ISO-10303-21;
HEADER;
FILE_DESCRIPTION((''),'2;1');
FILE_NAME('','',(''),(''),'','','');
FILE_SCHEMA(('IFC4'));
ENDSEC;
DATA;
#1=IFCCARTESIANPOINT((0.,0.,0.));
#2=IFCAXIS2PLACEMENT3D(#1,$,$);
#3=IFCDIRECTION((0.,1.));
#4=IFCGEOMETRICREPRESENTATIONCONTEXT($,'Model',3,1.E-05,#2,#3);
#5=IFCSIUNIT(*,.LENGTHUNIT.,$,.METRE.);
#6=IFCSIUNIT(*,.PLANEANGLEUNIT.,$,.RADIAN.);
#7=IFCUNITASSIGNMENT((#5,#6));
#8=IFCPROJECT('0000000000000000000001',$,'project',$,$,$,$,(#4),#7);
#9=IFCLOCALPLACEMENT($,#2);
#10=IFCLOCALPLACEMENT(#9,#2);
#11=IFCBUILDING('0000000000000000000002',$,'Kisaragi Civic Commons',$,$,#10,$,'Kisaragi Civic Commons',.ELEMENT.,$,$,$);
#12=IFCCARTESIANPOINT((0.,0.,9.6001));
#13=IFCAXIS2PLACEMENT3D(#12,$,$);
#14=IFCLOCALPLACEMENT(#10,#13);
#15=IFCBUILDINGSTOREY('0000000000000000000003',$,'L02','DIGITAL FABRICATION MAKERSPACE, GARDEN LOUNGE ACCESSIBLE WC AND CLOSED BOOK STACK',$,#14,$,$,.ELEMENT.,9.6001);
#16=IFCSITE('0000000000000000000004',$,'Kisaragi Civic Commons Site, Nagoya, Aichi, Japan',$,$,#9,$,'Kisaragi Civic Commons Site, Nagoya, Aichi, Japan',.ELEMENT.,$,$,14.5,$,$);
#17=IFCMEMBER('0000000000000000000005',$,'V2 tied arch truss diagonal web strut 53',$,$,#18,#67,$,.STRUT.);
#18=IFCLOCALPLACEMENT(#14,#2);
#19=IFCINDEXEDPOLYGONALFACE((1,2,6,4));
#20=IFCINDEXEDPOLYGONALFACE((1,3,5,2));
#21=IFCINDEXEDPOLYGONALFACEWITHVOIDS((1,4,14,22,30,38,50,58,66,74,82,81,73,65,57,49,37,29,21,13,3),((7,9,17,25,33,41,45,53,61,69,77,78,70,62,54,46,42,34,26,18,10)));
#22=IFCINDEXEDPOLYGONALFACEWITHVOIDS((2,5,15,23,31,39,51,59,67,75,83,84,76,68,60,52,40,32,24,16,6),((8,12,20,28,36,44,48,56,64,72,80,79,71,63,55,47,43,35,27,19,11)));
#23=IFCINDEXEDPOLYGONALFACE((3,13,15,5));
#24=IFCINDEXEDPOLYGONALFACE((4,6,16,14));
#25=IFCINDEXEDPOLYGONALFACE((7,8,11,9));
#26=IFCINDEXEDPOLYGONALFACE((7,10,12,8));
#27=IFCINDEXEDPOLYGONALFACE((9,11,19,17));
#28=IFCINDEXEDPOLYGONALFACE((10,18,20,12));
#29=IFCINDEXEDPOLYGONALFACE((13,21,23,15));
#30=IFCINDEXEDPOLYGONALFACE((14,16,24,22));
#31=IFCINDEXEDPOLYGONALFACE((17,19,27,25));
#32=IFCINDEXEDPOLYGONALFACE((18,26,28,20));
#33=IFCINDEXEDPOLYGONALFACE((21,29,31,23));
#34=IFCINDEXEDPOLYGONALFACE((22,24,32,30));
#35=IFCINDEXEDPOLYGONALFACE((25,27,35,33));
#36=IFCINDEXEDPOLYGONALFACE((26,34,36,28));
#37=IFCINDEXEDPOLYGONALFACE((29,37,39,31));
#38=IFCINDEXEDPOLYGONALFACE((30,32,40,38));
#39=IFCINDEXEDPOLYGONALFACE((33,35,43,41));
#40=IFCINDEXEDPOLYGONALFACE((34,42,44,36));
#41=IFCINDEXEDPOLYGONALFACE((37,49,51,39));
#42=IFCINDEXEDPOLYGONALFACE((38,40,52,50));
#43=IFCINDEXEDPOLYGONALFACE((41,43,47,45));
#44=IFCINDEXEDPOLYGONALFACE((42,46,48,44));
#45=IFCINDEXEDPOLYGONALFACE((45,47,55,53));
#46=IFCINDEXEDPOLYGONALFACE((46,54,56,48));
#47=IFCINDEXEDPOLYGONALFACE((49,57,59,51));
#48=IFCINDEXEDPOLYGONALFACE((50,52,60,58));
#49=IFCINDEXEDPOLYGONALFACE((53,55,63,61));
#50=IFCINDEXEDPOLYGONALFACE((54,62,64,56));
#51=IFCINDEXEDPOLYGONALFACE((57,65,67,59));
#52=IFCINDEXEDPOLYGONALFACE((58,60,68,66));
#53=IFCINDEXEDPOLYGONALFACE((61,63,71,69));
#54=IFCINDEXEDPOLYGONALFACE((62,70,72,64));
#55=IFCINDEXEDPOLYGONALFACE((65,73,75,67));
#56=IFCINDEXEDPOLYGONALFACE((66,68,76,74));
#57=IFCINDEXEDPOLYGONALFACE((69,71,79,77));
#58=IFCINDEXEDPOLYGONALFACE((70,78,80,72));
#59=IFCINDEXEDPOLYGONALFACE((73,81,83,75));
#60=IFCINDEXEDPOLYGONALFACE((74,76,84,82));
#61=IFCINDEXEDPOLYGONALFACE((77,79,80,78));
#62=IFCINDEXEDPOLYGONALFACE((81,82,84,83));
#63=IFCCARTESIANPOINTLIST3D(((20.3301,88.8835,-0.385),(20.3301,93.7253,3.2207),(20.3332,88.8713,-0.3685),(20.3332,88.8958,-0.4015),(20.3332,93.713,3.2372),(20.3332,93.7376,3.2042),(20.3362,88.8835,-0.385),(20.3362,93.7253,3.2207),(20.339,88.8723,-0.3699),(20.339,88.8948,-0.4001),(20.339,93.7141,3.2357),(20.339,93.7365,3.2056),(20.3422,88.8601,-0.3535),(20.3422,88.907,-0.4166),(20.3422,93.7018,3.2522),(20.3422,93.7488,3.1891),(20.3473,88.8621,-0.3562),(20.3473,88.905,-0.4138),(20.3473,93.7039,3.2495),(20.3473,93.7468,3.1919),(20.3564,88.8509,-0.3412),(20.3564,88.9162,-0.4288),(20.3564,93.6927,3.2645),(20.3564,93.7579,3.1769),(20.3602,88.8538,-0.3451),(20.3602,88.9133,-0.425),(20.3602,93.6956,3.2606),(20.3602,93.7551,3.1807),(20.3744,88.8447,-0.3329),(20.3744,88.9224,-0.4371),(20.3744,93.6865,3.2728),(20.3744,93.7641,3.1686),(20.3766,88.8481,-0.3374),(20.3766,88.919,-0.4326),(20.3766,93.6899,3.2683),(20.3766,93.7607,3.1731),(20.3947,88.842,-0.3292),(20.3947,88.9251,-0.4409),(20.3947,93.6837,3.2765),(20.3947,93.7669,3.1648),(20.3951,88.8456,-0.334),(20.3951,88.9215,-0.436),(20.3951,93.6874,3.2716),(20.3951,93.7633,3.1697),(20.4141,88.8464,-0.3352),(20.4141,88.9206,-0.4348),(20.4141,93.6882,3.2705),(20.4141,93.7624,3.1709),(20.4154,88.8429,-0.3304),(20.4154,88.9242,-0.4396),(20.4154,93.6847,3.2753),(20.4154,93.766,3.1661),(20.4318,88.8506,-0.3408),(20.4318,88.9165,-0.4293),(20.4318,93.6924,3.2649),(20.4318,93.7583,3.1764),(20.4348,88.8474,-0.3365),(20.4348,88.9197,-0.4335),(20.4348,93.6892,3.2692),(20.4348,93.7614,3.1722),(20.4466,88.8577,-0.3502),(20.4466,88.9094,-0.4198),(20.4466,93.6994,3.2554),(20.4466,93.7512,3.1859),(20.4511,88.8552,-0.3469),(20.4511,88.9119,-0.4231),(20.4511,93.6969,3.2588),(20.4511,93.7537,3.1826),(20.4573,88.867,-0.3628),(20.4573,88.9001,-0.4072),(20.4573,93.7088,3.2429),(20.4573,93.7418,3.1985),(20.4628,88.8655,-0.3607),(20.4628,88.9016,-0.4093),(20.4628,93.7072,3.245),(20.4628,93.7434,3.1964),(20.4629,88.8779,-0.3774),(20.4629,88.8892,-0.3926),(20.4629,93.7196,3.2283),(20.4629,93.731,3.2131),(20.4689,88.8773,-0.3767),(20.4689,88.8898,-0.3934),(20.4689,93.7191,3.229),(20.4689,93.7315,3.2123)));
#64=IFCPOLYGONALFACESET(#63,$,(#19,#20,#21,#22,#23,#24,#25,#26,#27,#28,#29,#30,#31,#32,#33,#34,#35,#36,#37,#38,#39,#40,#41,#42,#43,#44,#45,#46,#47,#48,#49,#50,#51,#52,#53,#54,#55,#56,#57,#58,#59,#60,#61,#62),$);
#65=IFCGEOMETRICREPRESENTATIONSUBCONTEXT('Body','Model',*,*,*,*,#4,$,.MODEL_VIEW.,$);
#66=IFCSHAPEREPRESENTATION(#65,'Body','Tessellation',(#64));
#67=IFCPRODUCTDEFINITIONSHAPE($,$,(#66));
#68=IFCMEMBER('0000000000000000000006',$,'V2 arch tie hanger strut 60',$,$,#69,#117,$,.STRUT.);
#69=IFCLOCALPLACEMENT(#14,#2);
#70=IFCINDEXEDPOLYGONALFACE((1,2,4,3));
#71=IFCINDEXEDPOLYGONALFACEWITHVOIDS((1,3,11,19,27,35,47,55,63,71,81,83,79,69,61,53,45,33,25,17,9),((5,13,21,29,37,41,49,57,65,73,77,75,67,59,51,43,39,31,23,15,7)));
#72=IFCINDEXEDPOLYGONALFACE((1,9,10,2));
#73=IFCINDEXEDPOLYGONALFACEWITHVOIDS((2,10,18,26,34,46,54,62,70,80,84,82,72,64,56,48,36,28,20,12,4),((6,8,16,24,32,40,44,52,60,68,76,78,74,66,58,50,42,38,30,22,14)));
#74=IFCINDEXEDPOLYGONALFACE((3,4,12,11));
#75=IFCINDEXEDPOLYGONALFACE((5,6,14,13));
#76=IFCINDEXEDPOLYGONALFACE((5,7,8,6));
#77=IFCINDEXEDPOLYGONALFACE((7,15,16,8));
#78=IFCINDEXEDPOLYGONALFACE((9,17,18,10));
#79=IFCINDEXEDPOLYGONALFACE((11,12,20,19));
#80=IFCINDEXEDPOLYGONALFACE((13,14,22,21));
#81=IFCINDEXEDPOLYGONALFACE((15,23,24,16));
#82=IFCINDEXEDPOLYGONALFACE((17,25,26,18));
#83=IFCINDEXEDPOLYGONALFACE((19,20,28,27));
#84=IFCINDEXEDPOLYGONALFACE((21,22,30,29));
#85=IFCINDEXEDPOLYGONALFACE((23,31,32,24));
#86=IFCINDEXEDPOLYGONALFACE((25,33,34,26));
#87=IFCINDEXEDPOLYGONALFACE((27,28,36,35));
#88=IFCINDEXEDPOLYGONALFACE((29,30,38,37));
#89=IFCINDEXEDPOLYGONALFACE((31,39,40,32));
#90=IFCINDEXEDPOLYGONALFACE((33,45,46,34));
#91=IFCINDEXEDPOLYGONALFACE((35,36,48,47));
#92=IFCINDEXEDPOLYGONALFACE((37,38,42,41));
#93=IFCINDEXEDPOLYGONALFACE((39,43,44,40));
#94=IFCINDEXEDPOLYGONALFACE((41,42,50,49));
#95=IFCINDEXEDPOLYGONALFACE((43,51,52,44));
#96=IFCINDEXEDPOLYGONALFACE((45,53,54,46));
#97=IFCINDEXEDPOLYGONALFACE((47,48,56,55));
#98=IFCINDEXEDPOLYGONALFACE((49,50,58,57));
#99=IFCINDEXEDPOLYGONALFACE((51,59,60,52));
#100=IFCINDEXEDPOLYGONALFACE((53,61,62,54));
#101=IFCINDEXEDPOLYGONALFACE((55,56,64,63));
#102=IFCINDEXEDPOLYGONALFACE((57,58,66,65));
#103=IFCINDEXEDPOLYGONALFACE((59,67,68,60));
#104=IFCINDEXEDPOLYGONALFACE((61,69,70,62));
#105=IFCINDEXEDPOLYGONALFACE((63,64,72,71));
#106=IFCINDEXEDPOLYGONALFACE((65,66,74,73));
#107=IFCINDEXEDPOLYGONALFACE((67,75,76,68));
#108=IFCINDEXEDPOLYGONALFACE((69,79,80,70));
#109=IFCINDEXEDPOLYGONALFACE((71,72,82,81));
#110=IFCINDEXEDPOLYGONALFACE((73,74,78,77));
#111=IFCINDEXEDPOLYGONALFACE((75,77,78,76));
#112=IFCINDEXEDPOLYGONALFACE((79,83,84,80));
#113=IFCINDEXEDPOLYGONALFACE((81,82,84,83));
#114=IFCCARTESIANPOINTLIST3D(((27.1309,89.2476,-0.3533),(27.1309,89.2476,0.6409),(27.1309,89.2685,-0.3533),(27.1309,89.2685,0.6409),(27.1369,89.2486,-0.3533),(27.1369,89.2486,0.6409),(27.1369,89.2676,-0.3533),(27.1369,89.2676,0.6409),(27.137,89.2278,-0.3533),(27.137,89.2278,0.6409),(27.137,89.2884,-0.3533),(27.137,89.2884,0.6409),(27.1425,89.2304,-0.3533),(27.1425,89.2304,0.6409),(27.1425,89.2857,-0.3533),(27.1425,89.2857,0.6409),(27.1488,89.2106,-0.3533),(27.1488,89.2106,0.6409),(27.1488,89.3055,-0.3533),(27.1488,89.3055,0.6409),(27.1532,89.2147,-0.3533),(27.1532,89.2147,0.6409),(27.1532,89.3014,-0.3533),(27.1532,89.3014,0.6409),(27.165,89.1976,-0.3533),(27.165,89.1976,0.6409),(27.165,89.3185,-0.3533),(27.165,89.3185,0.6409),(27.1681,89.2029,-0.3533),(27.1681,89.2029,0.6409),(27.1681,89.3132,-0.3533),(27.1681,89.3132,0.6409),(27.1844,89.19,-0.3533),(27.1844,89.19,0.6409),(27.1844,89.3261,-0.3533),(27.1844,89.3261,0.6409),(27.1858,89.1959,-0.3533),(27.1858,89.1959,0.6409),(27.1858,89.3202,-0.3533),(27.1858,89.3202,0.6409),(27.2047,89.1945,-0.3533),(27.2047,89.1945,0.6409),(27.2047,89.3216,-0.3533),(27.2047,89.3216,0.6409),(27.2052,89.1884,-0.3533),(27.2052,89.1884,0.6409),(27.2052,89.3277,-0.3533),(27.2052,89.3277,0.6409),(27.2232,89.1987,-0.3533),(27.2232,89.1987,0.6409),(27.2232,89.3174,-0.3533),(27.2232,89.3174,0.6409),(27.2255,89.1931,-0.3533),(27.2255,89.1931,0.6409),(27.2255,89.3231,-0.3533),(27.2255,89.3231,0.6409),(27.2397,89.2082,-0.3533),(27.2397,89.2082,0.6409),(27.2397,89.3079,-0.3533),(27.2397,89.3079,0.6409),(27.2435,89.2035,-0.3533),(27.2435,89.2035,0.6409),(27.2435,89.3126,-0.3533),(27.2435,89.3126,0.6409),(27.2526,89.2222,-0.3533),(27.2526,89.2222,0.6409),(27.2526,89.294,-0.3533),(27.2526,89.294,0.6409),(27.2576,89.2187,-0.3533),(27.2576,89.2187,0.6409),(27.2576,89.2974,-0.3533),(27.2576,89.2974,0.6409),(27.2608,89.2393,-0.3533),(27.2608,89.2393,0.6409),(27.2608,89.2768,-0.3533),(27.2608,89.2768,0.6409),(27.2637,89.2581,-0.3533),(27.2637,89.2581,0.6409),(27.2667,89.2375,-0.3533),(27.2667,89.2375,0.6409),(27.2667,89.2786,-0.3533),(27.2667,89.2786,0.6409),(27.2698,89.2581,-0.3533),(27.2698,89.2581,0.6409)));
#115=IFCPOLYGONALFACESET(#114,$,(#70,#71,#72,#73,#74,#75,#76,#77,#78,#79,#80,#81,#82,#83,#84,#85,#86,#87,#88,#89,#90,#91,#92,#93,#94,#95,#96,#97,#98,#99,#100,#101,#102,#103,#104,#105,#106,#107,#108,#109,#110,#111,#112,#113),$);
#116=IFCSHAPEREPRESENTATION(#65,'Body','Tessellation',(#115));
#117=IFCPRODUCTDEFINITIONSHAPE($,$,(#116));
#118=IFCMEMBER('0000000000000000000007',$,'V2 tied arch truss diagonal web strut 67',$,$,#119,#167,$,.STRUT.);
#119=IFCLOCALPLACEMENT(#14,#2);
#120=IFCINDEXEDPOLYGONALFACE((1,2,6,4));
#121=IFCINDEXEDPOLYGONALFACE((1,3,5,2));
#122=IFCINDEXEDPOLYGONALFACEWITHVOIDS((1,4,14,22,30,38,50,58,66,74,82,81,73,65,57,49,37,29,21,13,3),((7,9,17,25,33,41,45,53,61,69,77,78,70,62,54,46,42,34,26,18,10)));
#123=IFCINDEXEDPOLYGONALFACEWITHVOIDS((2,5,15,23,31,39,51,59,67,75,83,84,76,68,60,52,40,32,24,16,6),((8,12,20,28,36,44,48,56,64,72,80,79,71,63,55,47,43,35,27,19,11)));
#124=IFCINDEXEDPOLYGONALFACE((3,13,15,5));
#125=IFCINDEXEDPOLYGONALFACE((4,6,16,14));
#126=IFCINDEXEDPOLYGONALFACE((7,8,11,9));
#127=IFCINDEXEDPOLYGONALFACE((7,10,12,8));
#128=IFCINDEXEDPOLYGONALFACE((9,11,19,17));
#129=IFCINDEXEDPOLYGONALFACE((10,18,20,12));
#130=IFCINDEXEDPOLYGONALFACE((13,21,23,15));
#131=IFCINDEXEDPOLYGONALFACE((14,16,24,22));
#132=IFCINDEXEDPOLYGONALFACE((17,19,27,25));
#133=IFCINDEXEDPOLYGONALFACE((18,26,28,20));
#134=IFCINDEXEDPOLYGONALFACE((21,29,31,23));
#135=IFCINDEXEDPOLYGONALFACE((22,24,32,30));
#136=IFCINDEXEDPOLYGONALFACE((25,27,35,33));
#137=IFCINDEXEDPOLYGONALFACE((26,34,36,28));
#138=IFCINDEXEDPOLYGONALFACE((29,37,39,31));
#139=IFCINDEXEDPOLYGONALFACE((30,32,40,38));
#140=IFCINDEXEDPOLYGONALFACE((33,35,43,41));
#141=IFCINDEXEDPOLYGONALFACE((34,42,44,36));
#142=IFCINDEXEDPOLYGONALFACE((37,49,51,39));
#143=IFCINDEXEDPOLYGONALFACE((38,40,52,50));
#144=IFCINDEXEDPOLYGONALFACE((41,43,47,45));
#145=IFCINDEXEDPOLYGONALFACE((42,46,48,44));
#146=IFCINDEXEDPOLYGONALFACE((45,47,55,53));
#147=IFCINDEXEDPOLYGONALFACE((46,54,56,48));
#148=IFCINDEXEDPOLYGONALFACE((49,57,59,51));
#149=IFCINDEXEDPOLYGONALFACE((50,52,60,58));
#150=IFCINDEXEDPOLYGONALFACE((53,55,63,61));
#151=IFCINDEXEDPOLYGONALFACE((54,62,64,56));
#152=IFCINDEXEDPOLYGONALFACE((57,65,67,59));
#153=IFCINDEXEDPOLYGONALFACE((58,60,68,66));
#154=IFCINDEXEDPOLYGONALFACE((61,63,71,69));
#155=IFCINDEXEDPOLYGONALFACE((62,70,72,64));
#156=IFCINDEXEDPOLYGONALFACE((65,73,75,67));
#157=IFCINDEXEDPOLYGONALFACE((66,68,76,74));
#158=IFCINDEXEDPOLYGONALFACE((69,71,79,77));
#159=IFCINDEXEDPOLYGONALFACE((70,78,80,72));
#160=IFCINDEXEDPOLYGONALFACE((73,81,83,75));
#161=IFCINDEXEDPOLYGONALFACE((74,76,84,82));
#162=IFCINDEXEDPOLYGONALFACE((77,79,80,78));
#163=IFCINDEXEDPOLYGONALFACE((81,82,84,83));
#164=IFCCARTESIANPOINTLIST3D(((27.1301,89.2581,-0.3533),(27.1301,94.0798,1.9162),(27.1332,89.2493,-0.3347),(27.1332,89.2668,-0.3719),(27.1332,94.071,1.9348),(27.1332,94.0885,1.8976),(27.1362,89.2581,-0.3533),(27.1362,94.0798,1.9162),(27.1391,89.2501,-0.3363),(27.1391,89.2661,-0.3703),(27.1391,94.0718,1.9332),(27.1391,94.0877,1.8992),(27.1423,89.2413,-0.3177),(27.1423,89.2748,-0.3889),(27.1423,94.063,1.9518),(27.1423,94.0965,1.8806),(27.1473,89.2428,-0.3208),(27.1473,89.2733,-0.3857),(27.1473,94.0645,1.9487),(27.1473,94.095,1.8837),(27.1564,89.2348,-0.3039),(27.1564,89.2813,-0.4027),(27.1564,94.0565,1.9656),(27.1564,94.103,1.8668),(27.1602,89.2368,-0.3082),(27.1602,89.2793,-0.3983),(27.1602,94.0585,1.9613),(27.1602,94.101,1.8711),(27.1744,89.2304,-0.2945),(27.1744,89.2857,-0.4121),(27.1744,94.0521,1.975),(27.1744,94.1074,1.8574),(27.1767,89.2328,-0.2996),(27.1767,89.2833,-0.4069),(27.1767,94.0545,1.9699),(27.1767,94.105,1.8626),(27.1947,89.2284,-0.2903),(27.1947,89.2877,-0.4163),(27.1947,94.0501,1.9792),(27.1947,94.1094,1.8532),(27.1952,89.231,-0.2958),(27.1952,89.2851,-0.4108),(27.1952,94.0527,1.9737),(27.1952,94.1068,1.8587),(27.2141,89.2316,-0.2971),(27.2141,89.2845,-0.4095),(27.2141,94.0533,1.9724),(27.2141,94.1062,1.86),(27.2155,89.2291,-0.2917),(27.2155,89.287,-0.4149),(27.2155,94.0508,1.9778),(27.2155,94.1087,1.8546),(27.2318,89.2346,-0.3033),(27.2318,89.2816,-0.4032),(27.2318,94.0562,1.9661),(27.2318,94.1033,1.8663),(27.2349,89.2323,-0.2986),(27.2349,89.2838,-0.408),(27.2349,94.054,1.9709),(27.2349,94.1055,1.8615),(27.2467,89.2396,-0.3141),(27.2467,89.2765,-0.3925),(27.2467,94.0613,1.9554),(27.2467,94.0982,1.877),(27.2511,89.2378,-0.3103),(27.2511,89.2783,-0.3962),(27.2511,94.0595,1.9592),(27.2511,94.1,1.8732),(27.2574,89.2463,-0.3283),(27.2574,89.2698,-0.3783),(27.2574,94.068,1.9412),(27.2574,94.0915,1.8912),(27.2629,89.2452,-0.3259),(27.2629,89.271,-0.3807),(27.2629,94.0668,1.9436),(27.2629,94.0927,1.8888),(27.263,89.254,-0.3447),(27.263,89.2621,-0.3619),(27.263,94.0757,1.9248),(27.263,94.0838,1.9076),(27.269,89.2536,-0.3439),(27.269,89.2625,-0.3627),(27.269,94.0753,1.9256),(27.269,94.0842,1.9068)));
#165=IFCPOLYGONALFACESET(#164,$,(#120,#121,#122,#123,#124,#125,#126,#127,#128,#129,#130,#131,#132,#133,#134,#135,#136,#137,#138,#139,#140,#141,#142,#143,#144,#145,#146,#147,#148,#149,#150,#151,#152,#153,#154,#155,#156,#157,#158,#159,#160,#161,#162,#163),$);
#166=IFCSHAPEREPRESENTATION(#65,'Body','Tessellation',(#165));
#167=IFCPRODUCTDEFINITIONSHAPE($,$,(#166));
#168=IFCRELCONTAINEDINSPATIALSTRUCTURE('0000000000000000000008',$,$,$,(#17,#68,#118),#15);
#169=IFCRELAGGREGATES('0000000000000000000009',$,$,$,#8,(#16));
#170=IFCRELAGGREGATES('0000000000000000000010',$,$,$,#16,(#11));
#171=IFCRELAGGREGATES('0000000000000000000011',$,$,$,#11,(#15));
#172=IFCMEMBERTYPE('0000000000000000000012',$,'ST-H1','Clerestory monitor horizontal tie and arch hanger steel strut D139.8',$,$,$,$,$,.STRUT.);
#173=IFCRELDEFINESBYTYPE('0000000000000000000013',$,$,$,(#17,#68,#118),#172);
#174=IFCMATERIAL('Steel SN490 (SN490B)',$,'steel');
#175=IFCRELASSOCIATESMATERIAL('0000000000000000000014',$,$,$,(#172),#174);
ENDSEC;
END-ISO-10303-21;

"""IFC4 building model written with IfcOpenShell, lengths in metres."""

from ifc_helpers import new_model, si_unit, direction, frame, origin, origin_2d, place, context, subcontext, project, spatial, hollow_circle, extrude, material, material_profile, profile_set, type_object, element, save


model = new_model("IFC4")

# Units and contexts
model_context = context("Model", 3, precision=1e-05, world=origin(), true_north=direction((0.0, 1.0)))
body_context = subcontext(model_context, "Body", "Model", "MODEL_VIEW")
ifc_project = project(units=[si_unit("LENGTHUNIT", "METRE"), si_unit("PLANEANGLEUNIT", "RADIAN")], contexts=[model_context])

# Site, building, storey
site_placement = place(None, origin())
site = spatial("IfcSite", under=ifc_project, at=site_placement, Name="Kisaragi Civic Commons Site, Nagoya, Aichi, Japan", LongName="Kisaragi Civic Commons Site, Nagoya, Aichi, Japan", CompositionType="ELEMENT", RefElevation=14.5)
building_placement = place(site_placement, origin())
building = spatial("IfcBuilding", under=site, at=building_placement, Name="Kisaragi Civic Commons", LongName="Kisaragi Civic Commons", CompositionType="ELEMENT")
storey_placement = place(building_placement, frame((0.0, 0.0, 9.6001)))
storey = spatial("IfcBuildingStorey", under=building, at=storey_placement, Name="L02", Description="DIGITAL FABRICATION MAKERSPACE, GARDEN LOUNGE ACCESSIBLE WC AND CLOSED BOOK STACK", CompositionType="ELEMENT", Elevation=9.6001)

# Members
ifc_material_1 = material(Name="Steel SN490 (SN490B)", Category="steel")
ifc_material_profile_1 = material_profile(ifc_material_1, hollow_circle(Radius=0.0698, WallThickness=0.0061, at=origin_2d()), Name="CHS-139.8x6.0", Category="steel")
ifc_profile_set_1 = profile_set([ifc_material_profile_1], Name="Steel SN490 (SN490B)")
member_type_1 = type_object("IfcMemberType", Name="ST-H1", Description="Clerestory monitor horizontal tie and arch hanger steel strut D139.8", PredefinedType="STRUT", material=ifc_profile_set_1)
member_1_placement = place(storey_placement, frame((20.3999, 88.8835, -0.385), z_axis=(0.0, 0.802034, 0.597279), x_axis=(-1.0, 0.0, 0.0)))
element("IfcMember", 1, at=member_1_placement, inside=storey, type_object=member_type_1, Name="V2 tied arch truss diagonal web strut 53", PredefinedType="STRUT", context=body_context, shape_type="SweptSolid", body=[
    extrude(hollow_circle(Radius=0.0698, WallThickness=0.0061, at=origin_2d()), origin(), (0.0, 0.0, 1.0), 6.0369),
])
member_2_placement = place(storey_placement, frame((27.2, 89.2581, -0.3533), z_axis=(0.0, 0.0, 1.0), x_axis=(1.0, 0.0, 0.0)))
element("IfcMember", 2, at=member_2_placement, inside=storey, type_object=member_type_1, Name="V2 arch tie hanger strut 60", PredefinedType="STRUT", context=body_context, shape_type="SweptSolid", body=[
    extrude(hollow_circle(Radius=0.0698, WallThickness=0.0061, at=origin_2d()), origin(), (0.0, 0.0, 1.0), 0.9941),
])
member_3_placement = place(storey_placement, frame((27.2, 89.2581, -0.3533), z_axis=(0.0, 0.904785, 0.425868), x_axis=(-1.0, 0.0, 0.0)))
element("IfcMember", 3, at=member_3_placement, inside=storey, type_object=member_type_1, Name="V2 tied arch truss diagonal web strut 67", PredefinedType="STRUT", context=body_context, shape_type="SweptSolid", body=[
    extrude(hollow_circle(Radius=0.0698, WallThickness=0.0061, at=origin_2d()), origin(), (0.0, 0.0, 1.0), 5.3291),
])

save(model, "model.ifc")
